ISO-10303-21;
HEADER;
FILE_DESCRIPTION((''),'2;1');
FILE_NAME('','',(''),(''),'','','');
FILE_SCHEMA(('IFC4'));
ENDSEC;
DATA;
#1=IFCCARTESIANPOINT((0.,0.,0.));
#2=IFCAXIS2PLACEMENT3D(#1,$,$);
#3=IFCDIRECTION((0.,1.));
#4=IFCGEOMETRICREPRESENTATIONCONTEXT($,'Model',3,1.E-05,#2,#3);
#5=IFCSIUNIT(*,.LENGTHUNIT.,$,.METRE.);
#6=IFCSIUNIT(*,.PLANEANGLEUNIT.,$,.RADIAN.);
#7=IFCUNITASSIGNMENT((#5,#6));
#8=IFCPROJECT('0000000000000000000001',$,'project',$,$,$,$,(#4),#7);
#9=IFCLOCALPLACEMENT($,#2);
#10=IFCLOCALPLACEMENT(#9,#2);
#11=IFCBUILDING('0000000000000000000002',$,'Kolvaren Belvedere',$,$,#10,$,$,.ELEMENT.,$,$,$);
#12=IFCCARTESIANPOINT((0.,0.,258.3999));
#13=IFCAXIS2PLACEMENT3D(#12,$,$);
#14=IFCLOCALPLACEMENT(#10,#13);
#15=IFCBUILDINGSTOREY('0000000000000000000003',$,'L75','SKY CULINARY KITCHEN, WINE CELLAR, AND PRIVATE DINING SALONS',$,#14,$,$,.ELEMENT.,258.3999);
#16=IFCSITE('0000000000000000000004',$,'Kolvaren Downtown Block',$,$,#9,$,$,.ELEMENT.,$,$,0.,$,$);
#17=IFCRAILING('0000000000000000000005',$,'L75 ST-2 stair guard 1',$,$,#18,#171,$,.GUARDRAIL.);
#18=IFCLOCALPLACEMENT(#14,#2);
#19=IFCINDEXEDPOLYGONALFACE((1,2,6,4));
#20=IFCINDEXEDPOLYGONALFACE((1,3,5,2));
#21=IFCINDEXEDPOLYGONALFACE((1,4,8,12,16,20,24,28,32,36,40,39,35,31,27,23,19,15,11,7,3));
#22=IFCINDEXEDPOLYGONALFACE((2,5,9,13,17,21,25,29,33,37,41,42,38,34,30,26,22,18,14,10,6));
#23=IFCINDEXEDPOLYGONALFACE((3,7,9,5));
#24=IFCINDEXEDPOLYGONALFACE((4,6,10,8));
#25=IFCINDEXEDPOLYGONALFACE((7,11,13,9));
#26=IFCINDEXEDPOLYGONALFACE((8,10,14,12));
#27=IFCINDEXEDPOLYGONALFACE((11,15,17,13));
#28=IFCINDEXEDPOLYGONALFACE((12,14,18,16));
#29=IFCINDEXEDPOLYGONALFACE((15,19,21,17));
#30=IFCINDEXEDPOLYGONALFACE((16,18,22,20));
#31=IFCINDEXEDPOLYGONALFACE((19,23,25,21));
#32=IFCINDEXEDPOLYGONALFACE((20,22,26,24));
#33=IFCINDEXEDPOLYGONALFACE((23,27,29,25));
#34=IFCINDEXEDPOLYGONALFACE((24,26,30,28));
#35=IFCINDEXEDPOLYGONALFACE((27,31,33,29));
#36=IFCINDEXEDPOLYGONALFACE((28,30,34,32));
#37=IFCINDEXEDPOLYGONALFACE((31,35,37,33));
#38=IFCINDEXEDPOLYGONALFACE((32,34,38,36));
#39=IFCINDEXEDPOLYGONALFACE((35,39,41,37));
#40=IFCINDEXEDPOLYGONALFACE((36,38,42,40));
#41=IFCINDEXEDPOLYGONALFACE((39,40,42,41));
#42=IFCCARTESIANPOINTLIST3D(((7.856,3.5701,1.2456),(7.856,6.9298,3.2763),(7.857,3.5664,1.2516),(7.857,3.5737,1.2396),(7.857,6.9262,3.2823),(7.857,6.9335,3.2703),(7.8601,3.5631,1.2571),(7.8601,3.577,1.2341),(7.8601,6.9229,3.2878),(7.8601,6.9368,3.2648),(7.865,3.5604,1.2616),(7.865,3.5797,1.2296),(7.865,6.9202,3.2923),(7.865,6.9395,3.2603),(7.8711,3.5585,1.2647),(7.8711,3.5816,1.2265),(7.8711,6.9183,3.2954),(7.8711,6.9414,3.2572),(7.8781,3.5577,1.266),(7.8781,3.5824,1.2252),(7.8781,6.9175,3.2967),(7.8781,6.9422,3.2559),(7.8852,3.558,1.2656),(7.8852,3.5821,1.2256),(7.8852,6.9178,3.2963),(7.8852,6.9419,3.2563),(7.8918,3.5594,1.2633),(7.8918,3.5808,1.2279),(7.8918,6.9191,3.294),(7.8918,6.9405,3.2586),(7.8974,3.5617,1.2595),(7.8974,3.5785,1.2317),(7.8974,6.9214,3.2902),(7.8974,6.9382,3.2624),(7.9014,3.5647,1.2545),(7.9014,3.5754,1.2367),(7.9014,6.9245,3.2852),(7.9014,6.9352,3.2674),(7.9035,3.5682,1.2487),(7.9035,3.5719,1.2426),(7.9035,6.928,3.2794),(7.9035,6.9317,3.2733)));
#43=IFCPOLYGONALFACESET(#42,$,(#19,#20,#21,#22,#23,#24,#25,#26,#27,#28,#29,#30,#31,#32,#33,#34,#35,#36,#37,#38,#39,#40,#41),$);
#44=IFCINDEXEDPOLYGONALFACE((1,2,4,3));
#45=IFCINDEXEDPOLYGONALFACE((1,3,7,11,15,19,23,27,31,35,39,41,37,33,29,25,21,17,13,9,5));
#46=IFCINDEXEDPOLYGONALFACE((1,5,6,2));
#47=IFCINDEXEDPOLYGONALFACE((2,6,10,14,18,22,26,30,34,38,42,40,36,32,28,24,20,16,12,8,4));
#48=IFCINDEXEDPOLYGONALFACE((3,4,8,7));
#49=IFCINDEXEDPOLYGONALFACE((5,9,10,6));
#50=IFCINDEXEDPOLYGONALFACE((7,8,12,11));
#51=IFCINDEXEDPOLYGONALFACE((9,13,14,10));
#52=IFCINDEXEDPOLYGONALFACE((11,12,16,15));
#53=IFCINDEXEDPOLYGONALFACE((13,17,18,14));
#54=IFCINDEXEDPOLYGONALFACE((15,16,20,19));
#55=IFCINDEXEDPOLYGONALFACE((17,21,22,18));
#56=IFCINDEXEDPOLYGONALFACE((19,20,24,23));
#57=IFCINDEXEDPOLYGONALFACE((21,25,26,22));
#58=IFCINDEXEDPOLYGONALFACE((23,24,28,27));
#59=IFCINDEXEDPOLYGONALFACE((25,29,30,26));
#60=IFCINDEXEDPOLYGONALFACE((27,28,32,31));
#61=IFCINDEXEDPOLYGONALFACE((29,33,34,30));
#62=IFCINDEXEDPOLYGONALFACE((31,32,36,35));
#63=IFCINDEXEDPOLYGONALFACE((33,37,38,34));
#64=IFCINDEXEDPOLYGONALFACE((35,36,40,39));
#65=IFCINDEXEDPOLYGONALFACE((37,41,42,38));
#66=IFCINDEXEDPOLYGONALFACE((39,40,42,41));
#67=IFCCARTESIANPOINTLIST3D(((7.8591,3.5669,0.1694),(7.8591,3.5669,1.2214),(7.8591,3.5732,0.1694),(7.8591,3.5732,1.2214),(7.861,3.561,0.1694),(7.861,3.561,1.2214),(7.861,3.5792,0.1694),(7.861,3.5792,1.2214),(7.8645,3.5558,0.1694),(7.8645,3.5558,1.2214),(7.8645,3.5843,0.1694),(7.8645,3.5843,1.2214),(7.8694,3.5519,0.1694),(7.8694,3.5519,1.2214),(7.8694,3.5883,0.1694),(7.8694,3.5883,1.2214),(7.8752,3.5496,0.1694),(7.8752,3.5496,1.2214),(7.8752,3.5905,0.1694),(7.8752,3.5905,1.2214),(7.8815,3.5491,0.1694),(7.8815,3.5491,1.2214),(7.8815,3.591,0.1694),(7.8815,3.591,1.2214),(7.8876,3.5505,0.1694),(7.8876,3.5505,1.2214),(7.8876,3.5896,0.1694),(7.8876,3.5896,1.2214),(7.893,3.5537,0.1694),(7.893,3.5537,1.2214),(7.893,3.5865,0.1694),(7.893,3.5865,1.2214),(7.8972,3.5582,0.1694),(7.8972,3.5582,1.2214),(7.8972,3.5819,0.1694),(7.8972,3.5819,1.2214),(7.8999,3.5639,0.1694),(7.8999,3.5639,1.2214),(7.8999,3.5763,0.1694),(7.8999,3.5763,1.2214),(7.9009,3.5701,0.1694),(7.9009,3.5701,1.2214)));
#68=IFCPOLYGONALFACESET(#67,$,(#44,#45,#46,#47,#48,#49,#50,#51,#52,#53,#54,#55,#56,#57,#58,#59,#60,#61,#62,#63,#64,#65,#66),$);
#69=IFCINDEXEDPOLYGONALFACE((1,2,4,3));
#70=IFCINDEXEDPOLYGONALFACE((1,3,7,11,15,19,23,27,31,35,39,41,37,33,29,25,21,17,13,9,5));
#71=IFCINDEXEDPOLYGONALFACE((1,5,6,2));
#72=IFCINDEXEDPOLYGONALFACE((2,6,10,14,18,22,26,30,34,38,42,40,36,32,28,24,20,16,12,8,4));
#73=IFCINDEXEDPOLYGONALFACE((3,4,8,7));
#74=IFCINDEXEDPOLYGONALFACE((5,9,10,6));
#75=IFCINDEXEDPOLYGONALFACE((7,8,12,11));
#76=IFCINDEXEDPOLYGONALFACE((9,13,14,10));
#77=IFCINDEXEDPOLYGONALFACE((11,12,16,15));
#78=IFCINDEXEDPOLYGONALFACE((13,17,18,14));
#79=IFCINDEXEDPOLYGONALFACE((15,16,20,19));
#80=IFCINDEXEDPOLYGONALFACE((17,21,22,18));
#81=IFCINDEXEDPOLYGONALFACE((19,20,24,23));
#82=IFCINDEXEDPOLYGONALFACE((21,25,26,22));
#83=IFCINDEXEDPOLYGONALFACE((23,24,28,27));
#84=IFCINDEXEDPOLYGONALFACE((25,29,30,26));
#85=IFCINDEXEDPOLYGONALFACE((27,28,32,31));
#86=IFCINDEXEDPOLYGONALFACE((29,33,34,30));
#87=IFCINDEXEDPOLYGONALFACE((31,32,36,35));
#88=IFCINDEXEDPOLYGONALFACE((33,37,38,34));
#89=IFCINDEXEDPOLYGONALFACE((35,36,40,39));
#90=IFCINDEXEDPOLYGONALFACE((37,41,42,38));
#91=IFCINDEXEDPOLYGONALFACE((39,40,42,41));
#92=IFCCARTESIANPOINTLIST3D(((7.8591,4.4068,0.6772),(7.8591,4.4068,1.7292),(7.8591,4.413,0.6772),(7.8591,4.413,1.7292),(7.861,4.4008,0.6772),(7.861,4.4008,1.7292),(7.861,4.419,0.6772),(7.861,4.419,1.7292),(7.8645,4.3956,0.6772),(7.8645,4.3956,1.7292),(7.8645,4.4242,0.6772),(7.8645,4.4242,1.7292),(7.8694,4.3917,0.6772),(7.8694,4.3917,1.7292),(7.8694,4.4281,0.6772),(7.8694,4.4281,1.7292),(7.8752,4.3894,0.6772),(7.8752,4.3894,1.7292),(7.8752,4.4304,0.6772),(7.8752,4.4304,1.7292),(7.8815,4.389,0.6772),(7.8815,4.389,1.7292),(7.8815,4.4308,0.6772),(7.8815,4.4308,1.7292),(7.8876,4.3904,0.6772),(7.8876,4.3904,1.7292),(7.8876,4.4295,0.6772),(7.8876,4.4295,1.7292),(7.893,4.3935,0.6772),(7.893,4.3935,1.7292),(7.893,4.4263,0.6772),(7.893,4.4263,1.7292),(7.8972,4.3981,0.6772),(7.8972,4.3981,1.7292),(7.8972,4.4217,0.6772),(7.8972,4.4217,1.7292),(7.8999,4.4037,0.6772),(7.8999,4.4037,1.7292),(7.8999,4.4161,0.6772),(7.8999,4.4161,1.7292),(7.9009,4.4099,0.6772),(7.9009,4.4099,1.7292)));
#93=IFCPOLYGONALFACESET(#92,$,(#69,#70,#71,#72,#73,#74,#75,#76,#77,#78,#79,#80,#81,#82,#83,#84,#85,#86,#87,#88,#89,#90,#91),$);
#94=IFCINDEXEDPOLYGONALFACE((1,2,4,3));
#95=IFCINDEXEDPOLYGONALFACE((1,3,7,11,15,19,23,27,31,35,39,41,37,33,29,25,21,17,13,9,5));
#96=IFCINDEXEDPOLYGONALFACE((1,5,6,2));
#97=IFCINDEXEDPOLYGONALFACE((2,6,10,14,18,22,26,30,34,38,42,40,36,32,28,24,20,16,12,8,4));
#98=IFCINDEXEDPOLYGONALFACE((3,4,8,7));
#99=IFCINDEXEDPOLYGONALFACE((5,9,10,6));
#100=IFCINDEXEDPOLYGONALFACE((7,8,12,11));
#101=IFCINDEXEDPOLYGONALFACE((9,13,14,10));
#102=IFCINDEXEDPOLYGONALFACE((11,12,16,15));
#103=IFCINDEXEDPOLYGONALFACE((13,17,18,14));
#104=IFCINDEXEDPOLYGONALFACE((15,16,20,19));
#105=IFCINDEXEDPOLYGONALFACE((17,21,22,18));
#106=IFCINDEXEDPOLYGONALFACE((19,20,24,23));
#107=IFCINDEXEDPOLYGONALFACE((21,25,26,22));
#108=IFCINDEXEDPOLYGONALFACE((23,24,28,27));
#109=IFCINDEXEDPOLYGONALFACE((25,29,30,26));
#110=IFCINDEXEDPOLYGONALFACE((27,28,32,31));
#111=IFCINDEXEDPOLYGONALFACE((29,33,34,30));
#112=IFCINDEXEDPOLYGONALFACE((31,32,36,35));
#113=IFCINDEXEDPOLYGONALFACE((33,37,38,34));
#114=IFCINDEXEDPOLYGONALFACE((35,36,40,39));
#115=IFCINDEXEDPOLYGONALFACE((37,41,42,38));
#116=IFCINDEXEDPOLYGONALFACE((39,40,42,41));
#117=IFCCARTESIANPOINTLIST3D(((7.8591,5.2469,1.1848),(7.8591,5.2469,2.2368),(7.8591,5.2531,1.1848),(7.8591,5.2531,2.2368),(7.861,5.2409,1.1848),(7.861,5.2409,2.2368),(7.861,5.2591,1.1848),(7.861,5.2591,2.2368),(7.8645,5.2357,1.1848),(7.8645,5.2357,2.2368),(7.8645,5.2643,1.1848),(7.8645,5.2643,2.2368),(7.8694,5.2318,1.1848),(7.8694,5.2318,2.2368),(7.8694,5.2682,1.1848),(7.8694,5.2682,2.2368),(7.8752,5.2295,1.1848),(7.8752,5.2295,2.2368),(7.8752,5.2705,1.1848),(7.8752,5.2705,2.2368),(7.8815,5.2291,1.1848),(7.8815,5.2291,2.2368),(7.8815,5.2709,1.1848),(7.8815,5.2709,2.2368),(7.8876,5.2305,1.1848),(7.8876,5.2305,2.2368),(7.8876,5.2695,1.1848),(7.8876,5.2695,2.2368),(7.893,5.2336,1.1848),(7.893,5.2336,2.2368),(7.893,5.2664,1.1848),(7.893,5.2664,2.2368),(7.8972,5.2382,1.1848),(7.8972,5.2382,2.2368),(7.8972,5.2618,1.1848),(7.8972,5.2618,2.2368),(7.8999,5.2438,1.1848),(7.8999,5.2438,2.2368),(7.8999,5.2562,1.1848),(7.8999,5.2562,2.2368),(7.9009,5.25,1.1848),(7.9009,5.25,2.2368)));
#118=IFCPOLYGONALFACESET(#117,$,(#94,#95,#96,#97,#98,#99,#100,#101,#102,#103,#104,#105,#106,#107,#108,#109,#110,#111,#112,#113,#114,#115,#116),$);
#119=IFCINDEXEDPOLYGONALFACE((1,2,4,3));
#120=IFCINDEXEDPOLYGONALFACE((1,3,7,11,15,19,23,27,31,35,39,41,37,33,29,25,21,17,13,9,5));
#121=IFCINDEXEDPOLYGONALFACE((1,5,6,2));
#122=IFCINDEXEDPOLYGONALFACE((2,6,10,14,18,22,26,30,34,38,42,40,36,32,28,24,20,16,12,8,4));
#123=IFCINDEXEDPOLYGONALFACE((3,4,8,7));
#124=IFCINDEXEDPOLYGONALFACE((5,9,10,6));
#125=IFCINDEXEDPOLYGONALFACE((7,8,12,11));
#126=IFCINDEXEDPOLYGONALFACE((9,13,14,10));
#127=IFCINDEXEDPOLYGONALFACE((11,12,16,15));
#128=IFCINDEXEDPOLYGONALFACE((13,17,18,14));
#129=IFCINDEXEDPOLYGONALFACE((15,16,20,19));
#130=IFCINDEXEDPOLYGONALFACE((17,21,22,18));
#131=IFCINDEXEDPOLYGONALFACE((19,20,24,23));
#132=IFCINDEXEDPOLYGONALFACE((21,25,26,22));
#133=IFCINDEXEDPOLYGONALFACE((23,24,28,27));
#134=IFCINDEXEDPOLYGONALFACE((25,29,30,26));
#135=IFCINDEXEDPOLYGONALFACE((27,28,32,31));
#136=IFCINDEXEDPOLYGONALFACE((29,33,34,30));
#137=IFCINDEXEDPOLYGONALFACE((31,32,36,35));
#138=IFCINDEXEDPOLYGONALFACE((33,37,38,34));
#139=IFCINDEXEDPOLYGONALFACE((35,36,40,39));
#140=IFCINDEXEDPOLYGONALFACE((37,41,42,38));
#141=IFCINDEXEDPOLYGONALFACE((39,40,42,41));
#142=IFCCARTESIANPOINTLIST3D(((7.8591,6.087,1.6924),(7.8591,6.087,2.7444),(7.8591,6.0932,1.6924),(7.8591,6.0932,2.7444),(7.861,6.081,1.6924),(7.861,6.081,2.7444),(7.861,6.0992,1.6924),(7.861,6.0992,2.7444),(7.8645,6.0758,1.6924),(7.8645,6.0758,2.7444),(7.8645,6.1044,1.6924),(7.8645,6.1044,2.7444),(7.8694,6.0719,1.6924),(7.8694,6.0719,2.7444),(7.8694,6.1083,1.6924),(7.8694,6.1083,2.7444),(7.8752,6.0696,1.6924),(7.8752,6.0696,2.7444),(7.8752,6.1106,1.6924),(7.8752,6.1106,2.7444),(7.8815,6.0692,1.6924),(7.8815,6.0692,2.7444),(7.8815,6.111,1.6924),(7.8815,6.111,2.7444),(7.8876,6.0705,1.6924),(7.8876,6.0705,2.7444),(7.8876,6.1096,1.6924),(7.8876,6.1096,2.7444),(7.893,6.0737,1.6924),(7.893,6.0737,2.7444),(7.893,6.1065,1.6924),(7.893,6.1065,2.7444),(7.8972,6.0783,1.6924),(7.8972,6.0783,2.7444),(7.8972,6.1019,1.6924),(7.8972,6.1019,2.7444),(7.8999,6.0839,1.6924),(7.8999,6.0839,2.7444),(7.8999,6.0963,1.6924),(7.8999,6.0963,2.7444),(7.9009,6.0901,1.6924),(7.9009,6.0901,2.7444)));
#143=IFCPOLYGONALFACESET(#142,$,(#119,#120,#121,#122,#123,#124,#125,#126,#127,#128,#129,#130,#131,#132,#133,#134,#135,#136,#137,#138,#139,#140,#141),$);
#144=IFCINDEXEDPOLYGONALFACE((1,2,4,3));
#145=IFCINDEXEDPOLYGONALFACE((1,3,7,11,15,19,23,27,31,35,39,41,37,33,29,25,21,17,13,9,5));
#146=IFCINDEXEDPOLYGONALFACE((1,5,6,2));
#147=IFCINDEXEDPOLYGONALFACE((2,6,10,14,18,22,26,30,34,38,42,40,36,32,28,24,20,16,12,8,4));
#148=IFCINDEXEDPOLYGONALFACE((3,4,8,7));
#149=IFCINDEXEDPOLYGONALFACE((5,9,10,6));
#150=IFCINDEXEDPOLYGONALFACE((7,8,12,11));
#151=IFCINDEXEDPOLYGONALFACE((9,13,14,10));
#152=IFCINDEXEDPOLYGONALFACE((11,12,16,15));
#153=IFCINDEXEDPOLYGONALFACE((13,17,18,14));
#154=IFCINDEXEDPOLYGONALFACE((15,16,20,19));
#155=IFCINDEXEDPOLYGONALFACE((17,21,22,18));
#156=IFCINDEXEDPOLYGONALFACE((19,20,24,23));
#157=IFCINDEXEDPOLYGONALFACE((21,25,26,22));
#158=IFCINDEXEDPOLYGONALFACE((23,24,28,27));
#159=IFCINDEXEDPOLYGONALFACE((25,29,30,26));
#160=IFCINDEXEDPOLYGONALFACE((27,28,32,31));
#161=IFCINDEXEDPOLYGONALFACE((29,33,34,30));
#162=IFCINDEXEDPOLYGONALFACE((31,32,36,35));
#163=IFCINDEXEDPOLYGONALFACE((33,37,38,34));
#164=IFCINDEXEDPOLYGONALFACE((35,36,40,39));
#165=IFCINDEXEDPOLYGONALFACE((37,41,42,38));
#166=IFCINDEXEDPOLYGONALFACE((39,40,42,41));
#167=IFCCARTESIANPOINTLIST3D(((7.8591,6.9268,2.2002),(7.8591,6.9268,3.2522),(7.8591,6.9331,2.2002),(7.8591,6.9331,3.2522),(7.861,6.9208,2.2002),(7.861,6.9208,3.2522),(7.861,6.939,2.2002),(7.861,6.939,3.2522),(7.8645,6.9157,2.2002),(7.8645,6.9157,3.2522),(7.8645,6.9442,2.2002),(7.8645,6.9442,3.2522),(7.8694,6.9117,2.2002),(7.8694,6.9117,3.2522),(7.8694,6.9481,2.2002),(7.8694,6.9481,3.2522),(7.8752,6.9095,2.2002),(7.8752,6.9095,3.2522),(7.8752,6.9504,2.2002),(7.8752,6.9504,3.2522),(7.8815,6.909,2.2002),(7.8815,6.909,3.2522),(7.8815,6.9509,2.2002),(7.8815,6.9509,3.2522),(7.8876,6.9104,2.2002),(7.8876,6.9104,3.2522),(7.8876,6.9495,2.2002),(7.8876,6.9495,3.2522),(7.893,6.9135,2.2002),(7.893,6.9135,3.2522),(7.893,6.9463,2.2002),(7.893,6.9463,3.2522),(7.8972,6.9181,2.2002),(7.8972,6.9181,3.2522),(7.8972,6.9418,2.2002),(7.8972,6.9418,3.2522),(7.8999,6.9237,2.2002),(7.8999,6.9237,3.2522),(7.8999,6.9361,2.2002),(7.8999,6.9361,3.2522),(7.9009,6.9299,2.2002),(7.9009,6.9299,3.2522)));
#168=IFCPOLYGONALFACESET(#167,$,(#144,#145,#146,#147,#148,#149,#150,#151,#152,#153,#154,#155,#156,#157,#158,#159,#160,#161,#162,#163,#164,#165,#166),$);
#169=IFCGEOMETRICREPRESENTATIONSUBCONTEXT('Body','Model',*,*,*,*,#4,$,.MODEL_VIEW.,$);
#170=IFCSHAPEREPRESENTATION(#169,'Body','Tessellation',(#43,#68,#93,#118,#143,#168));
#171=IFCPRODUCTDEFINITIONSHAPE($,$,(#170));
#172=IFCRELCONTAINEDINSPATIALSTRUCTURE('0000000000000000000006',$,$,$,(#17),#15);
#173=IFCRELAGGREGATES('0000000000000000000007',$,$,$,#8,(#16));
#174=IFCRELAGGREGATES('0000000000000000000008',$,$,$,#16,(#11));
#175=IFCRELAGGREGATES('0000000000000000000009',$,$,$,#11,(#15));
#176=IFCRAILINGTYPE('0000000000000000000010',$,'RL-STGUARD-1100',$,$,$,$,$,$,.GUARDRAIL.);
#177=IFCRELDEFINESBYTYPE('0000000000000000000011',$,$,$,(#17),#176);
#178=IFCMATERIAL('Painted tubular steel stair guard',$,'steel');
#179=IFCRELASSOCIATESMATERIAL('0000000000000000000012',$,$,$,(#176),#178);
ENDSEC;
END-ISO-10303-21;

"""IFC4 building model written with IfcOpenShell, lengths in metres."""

from ifc_helpers import new_model, si_unit, direction, frame, origin, origin_2d, place, context, subcontext, project, spatial, circle, extrude, material, type_object, element, save


model = new_model("IFC4")

# Units and contexts
model_context = context("Model", 3, precision=1e-05, world=origin(), true_north=direction((0.0, 1.0)))
body_context = subcontext(model_context, "Body", "Model", "MODEL_VIEW")
ifc_project = project(units=[si_unit("LENGTHUNIT", "METRE"), si_unit("PLANEANGLEUNIT", "RADIAN")], contexts=[model_context])

# Site, building, storey
site_placement = place(None, origin())
site = spatial("IfcSite", under=ifc_project, at=site_placement, Name="Kolvaren Downtown Block", CompositionType="ELEMENT", RefElevation=0.0)
building_placement = place(site_placement, origin())
building = spatial("IfcBuilding", under=site, at=building_placement, Name="Kolvaren Belvedere", CompositionType="ELEMENT")
storey_placement = place(building_placement, frame((0.0, 0.0, 258.3999)))
storey = spatial("IfcBuildingStorey", under=building, at=storey_placement, Name="L75", Description="SKY CULINARY KITCHEN, WINE CELLAR, AND PRIVATE DINING SALONS", CompositionType="ELEMENT", Elevation=258.3999)

# Railing
ifc_material_1 = material(Name="Painted tubular steel stair guard", Category="steel")
railing_type_1 = type_object("IfcRailingType", Name="RL-STGUARD-1100", PredefinedType="GUARDRAIL", material=ifc_material_1)
railing_1_placement = place(storey_placement, frame((7.8799, 3.5701, 0.1694)))
element("IfcRailing", 1, at=railing_1_placement, inside=storey, type_object=railing_type_1, Name="L75 ST-2 stair guard 1", PredefinedType="GUARDRAIL", context=body_context, shape_type="SweptSolid", body=[
    extrude(circle(Radius=0.0239, at=origin_2d()), frame((0.0, 0.0, 1.0762), z_axis=(0.0, 0.85582, 0.517273), x_axis=(-1.0, 0.0, 0.0)), (0.0, 0.0, 1.0), 3.9258),
    extrude(circle(Radius=0.021, at=origin_2d()), origin(), (0.0, 0.0, 1.0), 1.052),
    extrude(circle(Radius=0.021, at=origin_2d()), frame((0.0, 0.8398, 0.5078)), (0.0, 0.0, 1.0), 1.052),
    extrude(circle(Radius=0.021, at=origin_2d()), frame((0.0, 1.6799, 1.0154)), (0.0, 0.0, 1.0), 1.052),
    extrude(circle(Radius=0.021, at=origin_2d()), frame((0.0, 2.52, 1.5229)), (0.0, 0.0, 1.0), 1.052),
    extrude(circle(Radius=0.021, at=origin_2d()), frame((0.0, 3.3599, 2.0308)), (0.0, 0.0, 1.0), 1.052),
])

save(model, "model.ifc")
